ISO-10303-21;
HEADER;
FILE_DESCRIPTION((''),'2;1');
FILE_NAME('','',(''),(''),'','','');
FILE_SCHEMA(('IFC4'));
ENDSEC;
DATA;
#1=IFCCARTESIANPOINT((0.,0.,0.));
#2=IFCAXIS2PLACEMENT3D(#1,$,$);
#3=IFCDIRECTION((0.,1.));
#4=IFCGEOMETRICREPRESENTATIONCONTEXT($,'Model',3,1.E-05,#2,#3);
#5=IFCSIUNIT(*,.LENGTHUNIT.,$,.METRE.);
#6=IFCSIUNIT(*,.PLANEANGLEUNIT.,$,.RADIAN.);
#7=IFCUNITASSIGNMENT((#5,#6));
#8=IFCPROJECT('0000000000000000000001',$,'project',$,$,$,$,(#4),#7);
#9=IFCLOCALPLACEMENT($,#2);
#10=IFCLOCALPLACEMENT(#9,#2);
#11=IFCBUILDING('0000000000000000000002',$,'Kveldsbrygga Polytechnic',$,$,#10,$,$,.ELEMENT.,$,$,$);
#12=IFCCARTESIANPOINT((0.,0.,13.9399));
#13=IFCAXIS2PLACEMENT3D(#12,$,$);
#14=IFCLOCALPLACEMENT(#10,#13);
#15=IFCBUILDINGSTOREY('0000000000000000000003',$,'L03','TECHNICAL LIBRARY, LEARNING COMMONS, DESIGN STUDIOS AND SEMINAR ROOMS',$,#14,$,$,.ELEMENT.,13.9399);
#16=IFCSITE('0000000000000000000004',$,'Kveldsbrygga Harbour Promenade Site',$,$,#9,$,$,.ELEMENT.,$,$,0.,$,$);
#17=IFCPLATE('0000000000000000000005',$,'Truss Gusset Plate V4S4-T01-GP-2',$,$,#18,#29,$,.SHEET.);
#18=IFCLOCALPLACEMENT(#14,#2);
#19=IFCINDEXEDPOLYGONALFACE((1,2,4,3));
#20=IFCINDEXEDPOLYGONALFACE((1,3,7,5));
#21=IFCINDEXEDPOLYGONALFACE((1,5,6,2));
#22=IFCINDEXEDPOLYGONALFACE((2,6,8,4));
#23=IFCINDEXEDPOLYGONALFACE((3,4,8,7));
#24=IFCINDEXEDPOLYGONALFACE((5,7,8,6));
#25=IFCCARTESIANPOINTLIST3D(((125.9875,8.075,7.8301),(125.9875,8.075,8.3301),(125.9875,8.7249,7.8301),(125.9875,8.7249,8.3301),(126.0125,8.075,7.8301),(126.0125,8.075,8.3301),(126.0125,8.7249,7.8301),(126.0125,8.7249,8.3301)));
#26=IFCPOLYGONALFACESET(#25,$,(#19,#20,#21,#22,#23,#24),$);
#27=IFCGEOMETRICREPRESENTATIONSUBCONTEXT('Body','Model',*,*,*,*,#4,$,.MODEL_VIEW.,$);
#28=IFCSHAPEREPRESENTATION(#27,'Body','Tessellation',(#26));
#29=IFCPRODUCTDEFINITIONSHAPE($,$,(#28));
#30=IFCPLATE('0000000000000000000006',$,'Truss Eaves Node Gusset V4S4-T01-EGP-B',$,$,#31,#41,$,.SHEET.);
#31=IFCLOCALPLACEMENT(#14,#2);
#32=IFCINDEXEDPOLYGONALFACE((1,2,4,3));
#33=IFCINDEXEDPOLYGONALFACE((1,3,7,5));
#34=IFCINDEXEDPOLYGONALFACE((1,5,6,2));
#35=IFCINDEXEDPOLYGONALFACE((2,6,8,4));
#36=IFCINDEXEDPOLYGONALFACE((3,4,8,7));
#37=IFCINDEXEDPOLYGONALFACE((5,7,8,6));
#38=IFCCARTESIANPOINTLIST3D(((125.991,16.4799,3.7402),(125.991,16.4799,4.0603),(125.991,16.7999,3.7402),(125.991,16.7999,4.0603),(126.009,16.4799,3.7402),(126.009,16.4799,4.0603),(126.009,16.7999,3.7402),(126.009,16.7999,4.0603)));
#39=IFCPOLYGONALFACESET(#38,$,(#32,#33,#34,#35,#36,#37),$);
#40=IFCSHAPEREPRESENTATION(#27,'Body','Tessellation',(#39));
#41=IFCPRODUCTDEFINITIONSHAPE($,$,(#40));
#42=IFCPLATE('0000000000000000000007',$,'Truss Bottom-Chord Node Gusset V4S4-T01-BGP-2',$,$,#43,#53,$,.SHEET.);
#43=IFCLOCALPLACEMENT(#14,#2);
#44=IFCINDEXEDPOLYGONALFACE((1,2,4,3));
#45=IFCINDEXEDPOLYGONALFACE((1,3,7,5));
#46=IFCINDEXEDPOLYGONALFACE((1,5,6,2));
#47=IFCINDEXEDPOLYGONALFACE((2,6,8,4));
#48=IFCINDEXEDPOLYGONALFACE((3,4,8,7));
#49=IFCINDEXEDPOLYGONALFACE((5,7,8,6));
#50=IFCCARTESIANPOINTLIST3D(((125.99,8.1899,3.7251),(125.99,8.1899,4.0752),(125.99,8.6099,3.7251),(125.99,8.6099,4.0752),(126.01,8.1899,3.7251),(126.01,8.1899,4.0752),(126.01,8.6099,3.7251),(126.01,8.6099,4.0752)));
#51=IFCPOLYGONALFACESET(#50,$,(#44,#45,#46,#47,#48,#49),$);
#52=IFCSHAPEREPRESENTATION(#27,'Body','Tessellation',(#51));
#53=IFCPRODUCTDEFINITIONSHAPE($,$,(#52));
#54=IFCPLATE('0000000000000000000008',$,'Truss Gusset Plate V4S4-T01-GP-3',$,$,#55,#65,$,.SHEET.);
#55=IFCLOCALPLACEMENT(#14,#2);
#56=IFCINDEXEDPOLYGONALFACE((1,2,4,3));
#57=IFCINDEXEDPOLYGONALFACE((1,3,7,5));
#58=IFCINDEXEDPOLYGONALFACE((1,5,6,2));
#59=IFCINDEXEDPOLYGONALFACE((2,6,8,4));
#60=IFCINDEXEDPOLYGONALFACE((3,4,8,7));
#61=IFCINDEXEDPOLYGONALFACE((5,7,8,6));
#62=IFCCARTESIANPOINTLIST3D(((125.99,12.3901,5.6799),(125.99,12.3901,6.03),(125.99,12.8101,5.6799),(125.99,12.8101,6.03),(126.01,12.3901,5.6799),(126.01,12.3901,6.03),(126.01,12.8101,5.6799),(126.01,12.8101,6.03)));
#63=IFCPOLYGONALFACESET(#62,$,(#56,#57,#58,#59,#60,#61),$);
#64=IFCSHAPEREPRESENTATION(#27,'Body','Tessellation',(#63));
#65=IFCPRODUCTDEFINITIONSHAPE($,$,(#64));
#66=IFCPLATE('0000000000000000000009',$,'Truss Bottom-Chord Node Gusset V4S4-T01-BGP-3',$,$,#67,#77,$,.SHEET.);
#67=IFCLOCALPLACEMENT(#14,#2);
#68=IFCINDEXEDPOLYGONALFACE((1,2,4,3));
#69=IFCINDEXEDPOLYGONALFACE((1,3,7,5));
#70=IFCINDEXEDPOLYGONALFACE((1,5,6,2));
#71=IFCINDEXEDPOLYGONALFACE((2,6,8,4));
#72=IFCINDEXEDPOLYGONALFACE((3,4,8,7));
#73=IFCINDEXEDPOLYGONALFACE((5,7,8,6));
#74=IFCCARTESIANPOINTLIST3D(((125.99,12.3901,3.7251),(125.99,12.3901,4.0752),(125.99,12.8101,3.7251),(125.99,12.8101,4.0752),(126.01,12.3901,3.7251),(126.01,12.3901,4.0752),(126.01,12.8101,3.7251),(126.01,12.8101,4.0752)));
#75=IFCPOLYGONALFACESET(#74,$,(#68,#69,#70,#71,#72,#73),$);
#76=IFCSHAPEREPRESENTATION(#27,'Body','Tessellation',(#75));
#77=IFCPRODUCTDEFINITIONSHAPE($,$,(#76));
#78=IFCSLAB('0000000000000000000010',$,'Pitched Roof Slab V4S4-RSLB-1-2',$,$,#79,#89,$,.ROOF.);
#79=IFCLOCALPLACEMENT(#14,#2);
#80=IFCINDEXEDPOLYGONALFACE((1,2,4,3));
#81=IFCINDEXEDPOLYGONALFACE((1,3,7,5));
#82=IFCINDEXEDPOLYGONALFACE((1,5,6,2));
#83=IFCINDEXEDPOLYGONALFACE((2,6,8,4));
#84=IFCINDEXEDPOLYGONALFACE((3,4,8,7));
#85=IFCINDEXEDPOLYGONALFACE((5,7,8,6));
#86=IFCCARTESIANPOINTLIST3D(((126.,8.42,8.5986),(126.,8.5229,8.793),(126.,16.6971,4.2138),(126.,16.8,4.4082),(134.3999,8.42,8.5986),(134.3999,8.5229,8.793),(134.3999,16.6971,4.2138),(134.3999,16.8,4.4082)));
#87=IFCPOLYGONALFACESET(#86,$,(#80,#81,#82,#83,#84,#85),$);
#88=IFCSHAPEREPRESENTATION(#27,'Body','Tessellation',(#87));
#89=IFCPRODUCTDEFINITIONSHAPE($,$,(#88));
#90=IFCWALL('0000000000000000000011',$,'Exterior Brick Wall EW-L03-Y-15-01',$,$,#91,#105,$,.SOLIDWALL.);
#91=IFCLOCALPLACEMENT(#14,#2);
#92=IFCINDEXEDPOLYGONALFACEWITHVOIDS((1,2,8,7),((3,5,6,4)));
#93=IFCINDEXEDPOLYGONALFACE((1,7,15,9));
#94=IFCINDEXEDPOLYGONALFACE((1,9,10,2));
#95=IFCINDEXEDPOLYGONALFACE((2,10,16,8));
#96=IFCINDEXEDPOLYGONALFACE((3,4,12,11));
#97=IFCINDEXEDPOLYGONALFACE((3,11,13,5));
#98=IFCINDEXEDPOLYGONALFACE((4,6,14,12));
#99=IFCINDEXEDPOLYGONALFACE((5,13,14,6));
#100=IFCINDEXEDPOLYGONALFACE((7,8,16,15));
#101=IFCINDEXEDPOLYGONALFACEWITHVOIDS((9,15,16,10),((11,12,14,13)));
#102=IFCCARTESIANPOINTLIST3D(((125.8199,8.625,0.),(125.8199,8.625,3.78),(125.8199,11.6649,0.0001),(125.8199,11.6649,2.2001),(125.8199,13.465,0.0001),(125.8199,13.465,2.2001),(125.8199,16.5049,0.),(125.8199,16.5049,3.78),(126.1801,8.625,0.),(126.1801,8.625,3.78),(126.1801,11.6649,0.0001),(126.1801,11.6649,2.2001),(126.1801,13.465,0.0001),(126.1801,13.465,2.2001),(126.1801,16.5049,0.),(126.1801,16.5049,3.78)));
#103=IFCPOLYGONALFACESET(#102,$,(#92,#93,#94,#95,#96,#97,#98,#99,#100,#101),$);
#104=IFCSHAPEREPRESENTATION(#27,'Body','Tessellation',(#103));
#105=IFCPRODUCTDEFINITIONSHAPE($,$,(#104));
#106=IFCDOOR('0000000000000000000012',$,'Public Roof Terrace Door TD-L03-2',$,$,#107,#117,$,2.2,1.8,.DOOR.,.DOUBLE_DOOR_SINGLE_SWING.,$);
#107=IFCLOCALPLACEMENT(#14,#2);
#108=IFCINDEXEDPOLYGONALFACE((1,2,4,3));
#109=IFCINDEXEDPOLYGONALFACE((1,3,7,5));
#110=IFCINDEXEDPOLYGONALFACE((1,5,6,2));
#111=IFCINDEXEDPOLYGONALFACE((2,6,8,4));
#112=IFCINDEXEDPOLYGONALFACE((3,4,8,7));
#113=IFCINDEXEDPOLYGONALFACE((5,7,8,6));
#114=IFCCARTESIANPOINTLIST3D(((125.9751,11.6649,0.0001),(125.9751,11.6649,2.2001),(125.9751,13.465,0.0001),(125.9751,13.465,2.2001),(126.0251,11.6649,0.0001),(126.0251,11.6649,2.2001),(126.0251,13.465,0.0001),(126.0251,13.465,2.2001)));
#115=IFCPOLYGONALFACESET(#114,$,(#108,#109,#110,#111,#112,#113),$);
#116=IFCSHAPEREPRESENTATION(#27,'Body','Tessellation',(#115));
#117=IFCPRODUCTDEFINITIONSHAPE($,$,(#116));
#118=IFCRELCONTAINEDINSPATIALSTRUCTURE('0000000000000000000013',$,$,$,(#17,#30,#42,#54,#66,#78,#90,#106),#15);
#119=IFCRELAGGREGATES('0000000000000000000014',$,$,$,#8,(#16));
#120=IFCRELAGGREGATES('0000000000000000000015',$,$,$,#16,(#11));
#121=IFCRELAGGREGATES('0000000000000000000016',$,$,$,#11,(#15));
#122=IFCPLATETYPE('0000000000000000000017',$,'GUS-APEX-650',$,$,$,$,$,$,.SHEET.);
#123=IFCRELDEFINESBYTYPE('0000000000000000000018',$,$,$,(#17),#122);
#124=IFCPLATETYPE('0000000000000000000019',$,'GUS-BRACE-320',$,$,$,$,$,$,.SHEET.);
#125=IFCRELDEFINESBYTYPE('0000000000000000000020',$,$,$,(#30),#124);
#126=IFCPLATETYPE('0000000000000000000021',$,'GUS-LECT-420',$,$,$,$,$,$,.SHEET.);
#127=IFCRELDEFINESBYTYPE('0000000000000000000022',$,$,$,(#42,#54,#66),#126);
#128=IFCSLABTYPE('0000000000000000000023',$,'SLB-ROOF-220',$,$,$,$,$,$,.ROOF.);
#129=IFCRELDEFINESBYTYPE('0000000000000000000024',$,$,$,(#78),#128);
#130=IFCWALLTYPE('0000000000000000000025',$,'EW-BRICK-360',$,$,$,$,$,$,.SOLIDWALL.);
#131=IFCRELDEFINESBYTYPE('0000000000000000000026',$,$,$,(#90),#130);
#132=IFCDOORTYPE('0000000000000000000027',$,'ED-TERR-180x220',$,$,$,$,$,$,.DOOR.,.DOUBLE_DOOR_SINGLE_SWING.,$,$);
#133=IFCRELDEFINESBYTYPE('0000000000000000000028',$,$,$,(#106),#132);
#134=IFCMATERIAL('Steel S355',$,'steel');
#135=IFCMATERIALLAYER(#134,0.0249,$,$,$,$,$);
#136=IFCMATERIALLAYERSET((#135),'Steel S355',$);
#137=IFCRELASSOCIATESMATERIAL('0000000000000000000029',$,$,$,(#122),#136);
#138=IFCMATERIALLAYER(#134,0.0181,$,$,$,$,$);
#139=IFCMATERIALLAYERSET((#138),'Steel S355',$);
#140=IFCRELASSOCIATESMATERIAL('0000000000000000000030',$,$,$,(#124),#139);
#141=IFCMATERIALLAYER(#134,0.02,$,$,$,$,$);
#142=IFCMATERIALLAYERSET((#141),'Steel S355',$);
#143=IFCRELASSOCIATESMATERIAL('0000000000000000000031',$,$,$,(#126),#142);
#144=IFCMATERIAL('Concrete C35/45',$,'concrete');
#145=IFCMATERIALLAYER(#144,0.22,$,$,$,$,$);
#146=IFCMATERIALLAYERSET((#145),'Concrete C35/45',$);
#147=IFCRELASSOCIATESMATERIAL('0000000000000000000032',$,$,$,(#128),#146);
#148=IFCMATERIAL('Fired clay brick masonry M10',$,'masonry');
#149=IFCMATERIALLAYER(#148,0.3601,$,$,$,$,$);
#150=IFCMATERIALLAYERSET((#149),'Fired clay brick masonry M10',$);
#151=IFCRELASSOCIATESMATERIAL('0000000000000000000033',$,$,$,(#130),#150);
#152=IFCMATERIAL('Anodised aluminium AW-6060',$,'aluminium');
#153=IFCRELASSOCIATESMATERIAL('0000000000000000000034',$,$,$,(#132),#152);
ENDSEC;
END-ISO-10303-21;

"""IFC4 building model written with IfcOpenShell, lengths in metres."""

from ifc_helpers import new_model, si_unit, direction, frame, frame_2d, origin, origin_2d, place, context, subcontext, project, spatial, polyline, rectangle, outline, extrude, material, layer, layer_set, type_object, element, fill, save


model = new_model("IFC4")

# Units and contexts
model_context = context("Model", 3, precision=1e-05, world=origin(), true_north=direction((0.0, 1.0)))
body_context = subcontext(model_context, "Body", "Model", "MODEL_VIEW")
ifc_project = project(units=[si_unit("LENGTHUNIT", "METRE"), si_unit("PLANEANGLEUNIT", "RADIAN")], contexts=[model_context])

# Site, building, storey
site_placement = place(None, origin())
site = spatial("IfcSite", under=ifc_project, at=site_placement, Name="Kveldsbrygga Harbour Promenade Site", CompositionType="ELEMENT", RefElevation=0.0)
building_placement = place(site_placement, origin())
building = spatial("IfcBuilding", under=site, at=building_placement, Name="Kveldsbrygga Polytechnic", CompositionType="ELEMENT")
storey_placement = place(building_placement, frame((0.0, 0.0, 13.9399)))
storey = spatial("IfcBuildingStorey", under=building, at=storey_placement, Name="L03", Description="TECHNICAL LIBRARY, LEARNING COMMONS, DESIGN STUDIOS AND SEMINAR ROOMS", CompositionType="ELEMENT", Elevation=13.9399)

# Shared definitions
ifc_material_1 = material(Name="Concrete C35/45", Category="concrete")

# Shared definitions
ifc_material_2 = material(Name="Steel S355", Category="steel")

# Plates
ifc_layer_1 = layer(ifc_material_2, 0.0249)
ifc_layer_set_1 = layer_set([ifc_layer_1], Name="Steel S355")
plate_type_1 = type_object("IfcPlateType", Name="GUS-APEX-650", PredefinedType="SHEET", material=ifc_layer_set_1)
plate_1_placement = place(storey_placement, frame((126.0, 8.3999, 7.8301), z_axis=(0.0, 0.0, 1.0), x_axis=(1.0, 0.0, 0.0)))
element("IfcPlate", 1, at=plate_1_placement, inside=storey, type_object=plate_type_1, Name="Truss Gusset Plate V4S4-T01-GP-2", PredefinedType="SHEET", context=body_context, shape_type="SweptSolid", body=[
    extrude(rectangle(XDim=0.0249, YDim=0.6499, at=origin_2d()), origin(), (0.0, 0.0, 1.0), 0.5),
])
ifc_layer_2 = layer(ifc_material_2, 0.0181)
ifc_layer_set_2 = layer_set([ifc_layer_2], Name="Steel S355")
plate_type_2 = type_object("IfcPlateType", Name="GUS-BRACE-320", PredefinedType="SHEET", material=ifc_layer_set_2)
plate_2_placement = place(storey_placement, frame((126.0, 16.6399, 3.7402), z_axis=(0.0, 0.0, 1.0), x_axis=(1.0, 0.0, 0.0)))
element("IfcPlate", 2, at=plate_2_placement, inside=storey, type_object=plate_type_2, Name="Truss Eaves Node Gusset V4S4-T01-EGP-B", PredefinedType="SHEET", context=body_context, shape_type="SweptSolid", body=[
    extrude(rectangle(XDim=0.0181, YDim=0.3201, at=origin_2d()), origin(), (0.0, 0.0, 1.0), 0.3201),
])
ifc_layer_3 = layer(ifc_material_2, 0.02)
ifc_layer_set_3 = layer_set([ifc_layer_3], Name="Steel S355")
plate_type_3 = type_object("IfcPlateType", Name="GUS-LECT-420", PredefinedType="SHEET", material=ifc_layer_set_3)
for number, where, z_axis, x_axis, name in (
    (3, (126.0, 8.3999, 3.7251), (0.0, 0.0, 1.0), (1.0, 0.0, 0.0), "Truss Bottom-Chord Node Gusset V4S4-T01-BGP-2"),
    (4, (126.0, 12.6001, 5.6799), (0.0, 0.0, 1.0), (1.0, 0.0, 0.0), "Truss Gusset Plate V4S4-T01-GP-3"),
    (5, (126.0, 12.6001, 3.7251), (0.0, 0.0, 1.0), (1.0, 0.0, 0.0), "Truss Bottom-Chord Node Gusset V4S4-T01-BGP-3"),
):
    element("IfcPlate", number, at=place(storey_placement, frame(where, z_axis=z_axis, x_axis=x_axis)), inside=storey, type_object=plate_type_3, Name=name, PredefinedType="SHEET", context=body_context, shape_type="SweptSolid", body=[
        extrude(rectangle(XDim=0.02, YDim=0.4199, at=origin_2d()), origin(), (0.0, 0.0, 1.0), 0.3501),
    ])

# Slab
ifc_layer_4 = layer(ifc_material_1, 0.22)
ifc_layer_set_4 = layer_set([ifc_layer_4], Name="Concrete C35/45")
slab_type = type_object("IfcSlabType", Name="SLB-ROOF-220", PredefinedType="ROOF", material=ifc_layer_set_4)
slab_placement = place(storey_placement, frame((126.0, 8.5229, 8.793), z_axis=(0.0, 0.468119, 0.883666), x_axis=(1.0, 0.0, 0.0)))
element("IfcSlab", 6, at=slab_placement, inside=storey, type_object=slab_type, Name="Pitched Roof Slab V4S4-RSLB-1-2", PredefinedType="ROOF", context=body_context, shape_type="SweptSolid", body=[
    extrude(outline(polyline([(0.0, 0.0), (8.3999, 0.0), (8.3999, 9.3668), (0.0, 9.3668), (0.0, 0.0)])), origin(), (0.0, 0.0, -1.0), 0.22),
])

# Wall, opening, door
ifc_material_3 = material(Name="Fired clay brick masonry M10", Category="masonry")
ifc_layer_5 = layer(ifc_material_3, 0.3601)
ifc_layer_set_5 = layer_set([ifc_layer_5], Name="Fired clay brick masonry M10")
wall_type_1 = type_object("IfcWallType", Name="EW-BRICK-360", PredefinedType="SOLIDWALL", material=ifc_layer_set_5)
wall_1_placement = place(storey_placement, frame((126.0, 8.625, 0.0), z_axis=(0.0, 0.0, 1.0), x_axis=(0.0, 1.0, 0.0)))
wall_1 = element("IfcWall", 7, at=wall_1_placement, inside=storey, type_object=wall_type_1, Name="Exterior Brick Wall EW-L03-Y-15-01", PredefinedType="SOLIDWALL", context=body_context, shape_type="SweptSolid", body=[
    extrude(rectangle(XDim=7.8799, YDim=0.3601, at=frame_2d((3.9399, 0.0))), origin(), (0.0, 0.0, 1.0), 3.78),
])
opening_1_placement = place(wall_1_placement, frame((3.04, 0.0, 0.0)))
opening_1 = element("IfcOpeningElement", 8, at=opening_1_placement, cuts=wall_1, PredefinedType="OPENING", context=body_context, shape_type="SweptSolid", body=[
    extrude(rectangle(XDim=1.8, YDim=2.2, at=frame_2d((0.8999, 1.1001))), frame((0.0, 0.1899, 0.0), z_axis=(0.0, -1.0, 0.0), x_axis=(1.0, 0.0, 0.0)), (0.0, 0.0, 1.0), 0.3801),
])
ifc_material_4 = material(Name="Anodised aluminium AW-6060", Category="aluminium")
door_type = type_object("IfcDoorType", Name="ED-TERR-180x220", OperationType="DOUBLE_DOOR_SINGLE_SWING", PredefinedType="DOOR", material=ifc_material_4)
door_placement = place(opening_1_placement, origin())
door = element("IfcDoor", 9, at=door_placement, inside=storey, type_object=door_type, Name="Public Roof Terrace Door TD-L03-2", OperationType="DOUBLE_DOOR_SINGLE_SWING", OverallHeight=2.2, OverallWidth=1.8, PredefinedType="DOOR", context=body_context, shape_type="SweptSolid", body=[
    extrude(rectangle(XDim=1.8, YDim=2.2, at=frame_2d((0.8999, 1.1001))), frame((0.0, 0.0249, 0.0), z_axis=(0.0, -1.0, 0.0), x_axis=(1.0, 0.0, 0.0)), (0.0, 0.0, 1.0), 0.05),
])
fill(opening_1, door)

save(model, "model.ifc")
